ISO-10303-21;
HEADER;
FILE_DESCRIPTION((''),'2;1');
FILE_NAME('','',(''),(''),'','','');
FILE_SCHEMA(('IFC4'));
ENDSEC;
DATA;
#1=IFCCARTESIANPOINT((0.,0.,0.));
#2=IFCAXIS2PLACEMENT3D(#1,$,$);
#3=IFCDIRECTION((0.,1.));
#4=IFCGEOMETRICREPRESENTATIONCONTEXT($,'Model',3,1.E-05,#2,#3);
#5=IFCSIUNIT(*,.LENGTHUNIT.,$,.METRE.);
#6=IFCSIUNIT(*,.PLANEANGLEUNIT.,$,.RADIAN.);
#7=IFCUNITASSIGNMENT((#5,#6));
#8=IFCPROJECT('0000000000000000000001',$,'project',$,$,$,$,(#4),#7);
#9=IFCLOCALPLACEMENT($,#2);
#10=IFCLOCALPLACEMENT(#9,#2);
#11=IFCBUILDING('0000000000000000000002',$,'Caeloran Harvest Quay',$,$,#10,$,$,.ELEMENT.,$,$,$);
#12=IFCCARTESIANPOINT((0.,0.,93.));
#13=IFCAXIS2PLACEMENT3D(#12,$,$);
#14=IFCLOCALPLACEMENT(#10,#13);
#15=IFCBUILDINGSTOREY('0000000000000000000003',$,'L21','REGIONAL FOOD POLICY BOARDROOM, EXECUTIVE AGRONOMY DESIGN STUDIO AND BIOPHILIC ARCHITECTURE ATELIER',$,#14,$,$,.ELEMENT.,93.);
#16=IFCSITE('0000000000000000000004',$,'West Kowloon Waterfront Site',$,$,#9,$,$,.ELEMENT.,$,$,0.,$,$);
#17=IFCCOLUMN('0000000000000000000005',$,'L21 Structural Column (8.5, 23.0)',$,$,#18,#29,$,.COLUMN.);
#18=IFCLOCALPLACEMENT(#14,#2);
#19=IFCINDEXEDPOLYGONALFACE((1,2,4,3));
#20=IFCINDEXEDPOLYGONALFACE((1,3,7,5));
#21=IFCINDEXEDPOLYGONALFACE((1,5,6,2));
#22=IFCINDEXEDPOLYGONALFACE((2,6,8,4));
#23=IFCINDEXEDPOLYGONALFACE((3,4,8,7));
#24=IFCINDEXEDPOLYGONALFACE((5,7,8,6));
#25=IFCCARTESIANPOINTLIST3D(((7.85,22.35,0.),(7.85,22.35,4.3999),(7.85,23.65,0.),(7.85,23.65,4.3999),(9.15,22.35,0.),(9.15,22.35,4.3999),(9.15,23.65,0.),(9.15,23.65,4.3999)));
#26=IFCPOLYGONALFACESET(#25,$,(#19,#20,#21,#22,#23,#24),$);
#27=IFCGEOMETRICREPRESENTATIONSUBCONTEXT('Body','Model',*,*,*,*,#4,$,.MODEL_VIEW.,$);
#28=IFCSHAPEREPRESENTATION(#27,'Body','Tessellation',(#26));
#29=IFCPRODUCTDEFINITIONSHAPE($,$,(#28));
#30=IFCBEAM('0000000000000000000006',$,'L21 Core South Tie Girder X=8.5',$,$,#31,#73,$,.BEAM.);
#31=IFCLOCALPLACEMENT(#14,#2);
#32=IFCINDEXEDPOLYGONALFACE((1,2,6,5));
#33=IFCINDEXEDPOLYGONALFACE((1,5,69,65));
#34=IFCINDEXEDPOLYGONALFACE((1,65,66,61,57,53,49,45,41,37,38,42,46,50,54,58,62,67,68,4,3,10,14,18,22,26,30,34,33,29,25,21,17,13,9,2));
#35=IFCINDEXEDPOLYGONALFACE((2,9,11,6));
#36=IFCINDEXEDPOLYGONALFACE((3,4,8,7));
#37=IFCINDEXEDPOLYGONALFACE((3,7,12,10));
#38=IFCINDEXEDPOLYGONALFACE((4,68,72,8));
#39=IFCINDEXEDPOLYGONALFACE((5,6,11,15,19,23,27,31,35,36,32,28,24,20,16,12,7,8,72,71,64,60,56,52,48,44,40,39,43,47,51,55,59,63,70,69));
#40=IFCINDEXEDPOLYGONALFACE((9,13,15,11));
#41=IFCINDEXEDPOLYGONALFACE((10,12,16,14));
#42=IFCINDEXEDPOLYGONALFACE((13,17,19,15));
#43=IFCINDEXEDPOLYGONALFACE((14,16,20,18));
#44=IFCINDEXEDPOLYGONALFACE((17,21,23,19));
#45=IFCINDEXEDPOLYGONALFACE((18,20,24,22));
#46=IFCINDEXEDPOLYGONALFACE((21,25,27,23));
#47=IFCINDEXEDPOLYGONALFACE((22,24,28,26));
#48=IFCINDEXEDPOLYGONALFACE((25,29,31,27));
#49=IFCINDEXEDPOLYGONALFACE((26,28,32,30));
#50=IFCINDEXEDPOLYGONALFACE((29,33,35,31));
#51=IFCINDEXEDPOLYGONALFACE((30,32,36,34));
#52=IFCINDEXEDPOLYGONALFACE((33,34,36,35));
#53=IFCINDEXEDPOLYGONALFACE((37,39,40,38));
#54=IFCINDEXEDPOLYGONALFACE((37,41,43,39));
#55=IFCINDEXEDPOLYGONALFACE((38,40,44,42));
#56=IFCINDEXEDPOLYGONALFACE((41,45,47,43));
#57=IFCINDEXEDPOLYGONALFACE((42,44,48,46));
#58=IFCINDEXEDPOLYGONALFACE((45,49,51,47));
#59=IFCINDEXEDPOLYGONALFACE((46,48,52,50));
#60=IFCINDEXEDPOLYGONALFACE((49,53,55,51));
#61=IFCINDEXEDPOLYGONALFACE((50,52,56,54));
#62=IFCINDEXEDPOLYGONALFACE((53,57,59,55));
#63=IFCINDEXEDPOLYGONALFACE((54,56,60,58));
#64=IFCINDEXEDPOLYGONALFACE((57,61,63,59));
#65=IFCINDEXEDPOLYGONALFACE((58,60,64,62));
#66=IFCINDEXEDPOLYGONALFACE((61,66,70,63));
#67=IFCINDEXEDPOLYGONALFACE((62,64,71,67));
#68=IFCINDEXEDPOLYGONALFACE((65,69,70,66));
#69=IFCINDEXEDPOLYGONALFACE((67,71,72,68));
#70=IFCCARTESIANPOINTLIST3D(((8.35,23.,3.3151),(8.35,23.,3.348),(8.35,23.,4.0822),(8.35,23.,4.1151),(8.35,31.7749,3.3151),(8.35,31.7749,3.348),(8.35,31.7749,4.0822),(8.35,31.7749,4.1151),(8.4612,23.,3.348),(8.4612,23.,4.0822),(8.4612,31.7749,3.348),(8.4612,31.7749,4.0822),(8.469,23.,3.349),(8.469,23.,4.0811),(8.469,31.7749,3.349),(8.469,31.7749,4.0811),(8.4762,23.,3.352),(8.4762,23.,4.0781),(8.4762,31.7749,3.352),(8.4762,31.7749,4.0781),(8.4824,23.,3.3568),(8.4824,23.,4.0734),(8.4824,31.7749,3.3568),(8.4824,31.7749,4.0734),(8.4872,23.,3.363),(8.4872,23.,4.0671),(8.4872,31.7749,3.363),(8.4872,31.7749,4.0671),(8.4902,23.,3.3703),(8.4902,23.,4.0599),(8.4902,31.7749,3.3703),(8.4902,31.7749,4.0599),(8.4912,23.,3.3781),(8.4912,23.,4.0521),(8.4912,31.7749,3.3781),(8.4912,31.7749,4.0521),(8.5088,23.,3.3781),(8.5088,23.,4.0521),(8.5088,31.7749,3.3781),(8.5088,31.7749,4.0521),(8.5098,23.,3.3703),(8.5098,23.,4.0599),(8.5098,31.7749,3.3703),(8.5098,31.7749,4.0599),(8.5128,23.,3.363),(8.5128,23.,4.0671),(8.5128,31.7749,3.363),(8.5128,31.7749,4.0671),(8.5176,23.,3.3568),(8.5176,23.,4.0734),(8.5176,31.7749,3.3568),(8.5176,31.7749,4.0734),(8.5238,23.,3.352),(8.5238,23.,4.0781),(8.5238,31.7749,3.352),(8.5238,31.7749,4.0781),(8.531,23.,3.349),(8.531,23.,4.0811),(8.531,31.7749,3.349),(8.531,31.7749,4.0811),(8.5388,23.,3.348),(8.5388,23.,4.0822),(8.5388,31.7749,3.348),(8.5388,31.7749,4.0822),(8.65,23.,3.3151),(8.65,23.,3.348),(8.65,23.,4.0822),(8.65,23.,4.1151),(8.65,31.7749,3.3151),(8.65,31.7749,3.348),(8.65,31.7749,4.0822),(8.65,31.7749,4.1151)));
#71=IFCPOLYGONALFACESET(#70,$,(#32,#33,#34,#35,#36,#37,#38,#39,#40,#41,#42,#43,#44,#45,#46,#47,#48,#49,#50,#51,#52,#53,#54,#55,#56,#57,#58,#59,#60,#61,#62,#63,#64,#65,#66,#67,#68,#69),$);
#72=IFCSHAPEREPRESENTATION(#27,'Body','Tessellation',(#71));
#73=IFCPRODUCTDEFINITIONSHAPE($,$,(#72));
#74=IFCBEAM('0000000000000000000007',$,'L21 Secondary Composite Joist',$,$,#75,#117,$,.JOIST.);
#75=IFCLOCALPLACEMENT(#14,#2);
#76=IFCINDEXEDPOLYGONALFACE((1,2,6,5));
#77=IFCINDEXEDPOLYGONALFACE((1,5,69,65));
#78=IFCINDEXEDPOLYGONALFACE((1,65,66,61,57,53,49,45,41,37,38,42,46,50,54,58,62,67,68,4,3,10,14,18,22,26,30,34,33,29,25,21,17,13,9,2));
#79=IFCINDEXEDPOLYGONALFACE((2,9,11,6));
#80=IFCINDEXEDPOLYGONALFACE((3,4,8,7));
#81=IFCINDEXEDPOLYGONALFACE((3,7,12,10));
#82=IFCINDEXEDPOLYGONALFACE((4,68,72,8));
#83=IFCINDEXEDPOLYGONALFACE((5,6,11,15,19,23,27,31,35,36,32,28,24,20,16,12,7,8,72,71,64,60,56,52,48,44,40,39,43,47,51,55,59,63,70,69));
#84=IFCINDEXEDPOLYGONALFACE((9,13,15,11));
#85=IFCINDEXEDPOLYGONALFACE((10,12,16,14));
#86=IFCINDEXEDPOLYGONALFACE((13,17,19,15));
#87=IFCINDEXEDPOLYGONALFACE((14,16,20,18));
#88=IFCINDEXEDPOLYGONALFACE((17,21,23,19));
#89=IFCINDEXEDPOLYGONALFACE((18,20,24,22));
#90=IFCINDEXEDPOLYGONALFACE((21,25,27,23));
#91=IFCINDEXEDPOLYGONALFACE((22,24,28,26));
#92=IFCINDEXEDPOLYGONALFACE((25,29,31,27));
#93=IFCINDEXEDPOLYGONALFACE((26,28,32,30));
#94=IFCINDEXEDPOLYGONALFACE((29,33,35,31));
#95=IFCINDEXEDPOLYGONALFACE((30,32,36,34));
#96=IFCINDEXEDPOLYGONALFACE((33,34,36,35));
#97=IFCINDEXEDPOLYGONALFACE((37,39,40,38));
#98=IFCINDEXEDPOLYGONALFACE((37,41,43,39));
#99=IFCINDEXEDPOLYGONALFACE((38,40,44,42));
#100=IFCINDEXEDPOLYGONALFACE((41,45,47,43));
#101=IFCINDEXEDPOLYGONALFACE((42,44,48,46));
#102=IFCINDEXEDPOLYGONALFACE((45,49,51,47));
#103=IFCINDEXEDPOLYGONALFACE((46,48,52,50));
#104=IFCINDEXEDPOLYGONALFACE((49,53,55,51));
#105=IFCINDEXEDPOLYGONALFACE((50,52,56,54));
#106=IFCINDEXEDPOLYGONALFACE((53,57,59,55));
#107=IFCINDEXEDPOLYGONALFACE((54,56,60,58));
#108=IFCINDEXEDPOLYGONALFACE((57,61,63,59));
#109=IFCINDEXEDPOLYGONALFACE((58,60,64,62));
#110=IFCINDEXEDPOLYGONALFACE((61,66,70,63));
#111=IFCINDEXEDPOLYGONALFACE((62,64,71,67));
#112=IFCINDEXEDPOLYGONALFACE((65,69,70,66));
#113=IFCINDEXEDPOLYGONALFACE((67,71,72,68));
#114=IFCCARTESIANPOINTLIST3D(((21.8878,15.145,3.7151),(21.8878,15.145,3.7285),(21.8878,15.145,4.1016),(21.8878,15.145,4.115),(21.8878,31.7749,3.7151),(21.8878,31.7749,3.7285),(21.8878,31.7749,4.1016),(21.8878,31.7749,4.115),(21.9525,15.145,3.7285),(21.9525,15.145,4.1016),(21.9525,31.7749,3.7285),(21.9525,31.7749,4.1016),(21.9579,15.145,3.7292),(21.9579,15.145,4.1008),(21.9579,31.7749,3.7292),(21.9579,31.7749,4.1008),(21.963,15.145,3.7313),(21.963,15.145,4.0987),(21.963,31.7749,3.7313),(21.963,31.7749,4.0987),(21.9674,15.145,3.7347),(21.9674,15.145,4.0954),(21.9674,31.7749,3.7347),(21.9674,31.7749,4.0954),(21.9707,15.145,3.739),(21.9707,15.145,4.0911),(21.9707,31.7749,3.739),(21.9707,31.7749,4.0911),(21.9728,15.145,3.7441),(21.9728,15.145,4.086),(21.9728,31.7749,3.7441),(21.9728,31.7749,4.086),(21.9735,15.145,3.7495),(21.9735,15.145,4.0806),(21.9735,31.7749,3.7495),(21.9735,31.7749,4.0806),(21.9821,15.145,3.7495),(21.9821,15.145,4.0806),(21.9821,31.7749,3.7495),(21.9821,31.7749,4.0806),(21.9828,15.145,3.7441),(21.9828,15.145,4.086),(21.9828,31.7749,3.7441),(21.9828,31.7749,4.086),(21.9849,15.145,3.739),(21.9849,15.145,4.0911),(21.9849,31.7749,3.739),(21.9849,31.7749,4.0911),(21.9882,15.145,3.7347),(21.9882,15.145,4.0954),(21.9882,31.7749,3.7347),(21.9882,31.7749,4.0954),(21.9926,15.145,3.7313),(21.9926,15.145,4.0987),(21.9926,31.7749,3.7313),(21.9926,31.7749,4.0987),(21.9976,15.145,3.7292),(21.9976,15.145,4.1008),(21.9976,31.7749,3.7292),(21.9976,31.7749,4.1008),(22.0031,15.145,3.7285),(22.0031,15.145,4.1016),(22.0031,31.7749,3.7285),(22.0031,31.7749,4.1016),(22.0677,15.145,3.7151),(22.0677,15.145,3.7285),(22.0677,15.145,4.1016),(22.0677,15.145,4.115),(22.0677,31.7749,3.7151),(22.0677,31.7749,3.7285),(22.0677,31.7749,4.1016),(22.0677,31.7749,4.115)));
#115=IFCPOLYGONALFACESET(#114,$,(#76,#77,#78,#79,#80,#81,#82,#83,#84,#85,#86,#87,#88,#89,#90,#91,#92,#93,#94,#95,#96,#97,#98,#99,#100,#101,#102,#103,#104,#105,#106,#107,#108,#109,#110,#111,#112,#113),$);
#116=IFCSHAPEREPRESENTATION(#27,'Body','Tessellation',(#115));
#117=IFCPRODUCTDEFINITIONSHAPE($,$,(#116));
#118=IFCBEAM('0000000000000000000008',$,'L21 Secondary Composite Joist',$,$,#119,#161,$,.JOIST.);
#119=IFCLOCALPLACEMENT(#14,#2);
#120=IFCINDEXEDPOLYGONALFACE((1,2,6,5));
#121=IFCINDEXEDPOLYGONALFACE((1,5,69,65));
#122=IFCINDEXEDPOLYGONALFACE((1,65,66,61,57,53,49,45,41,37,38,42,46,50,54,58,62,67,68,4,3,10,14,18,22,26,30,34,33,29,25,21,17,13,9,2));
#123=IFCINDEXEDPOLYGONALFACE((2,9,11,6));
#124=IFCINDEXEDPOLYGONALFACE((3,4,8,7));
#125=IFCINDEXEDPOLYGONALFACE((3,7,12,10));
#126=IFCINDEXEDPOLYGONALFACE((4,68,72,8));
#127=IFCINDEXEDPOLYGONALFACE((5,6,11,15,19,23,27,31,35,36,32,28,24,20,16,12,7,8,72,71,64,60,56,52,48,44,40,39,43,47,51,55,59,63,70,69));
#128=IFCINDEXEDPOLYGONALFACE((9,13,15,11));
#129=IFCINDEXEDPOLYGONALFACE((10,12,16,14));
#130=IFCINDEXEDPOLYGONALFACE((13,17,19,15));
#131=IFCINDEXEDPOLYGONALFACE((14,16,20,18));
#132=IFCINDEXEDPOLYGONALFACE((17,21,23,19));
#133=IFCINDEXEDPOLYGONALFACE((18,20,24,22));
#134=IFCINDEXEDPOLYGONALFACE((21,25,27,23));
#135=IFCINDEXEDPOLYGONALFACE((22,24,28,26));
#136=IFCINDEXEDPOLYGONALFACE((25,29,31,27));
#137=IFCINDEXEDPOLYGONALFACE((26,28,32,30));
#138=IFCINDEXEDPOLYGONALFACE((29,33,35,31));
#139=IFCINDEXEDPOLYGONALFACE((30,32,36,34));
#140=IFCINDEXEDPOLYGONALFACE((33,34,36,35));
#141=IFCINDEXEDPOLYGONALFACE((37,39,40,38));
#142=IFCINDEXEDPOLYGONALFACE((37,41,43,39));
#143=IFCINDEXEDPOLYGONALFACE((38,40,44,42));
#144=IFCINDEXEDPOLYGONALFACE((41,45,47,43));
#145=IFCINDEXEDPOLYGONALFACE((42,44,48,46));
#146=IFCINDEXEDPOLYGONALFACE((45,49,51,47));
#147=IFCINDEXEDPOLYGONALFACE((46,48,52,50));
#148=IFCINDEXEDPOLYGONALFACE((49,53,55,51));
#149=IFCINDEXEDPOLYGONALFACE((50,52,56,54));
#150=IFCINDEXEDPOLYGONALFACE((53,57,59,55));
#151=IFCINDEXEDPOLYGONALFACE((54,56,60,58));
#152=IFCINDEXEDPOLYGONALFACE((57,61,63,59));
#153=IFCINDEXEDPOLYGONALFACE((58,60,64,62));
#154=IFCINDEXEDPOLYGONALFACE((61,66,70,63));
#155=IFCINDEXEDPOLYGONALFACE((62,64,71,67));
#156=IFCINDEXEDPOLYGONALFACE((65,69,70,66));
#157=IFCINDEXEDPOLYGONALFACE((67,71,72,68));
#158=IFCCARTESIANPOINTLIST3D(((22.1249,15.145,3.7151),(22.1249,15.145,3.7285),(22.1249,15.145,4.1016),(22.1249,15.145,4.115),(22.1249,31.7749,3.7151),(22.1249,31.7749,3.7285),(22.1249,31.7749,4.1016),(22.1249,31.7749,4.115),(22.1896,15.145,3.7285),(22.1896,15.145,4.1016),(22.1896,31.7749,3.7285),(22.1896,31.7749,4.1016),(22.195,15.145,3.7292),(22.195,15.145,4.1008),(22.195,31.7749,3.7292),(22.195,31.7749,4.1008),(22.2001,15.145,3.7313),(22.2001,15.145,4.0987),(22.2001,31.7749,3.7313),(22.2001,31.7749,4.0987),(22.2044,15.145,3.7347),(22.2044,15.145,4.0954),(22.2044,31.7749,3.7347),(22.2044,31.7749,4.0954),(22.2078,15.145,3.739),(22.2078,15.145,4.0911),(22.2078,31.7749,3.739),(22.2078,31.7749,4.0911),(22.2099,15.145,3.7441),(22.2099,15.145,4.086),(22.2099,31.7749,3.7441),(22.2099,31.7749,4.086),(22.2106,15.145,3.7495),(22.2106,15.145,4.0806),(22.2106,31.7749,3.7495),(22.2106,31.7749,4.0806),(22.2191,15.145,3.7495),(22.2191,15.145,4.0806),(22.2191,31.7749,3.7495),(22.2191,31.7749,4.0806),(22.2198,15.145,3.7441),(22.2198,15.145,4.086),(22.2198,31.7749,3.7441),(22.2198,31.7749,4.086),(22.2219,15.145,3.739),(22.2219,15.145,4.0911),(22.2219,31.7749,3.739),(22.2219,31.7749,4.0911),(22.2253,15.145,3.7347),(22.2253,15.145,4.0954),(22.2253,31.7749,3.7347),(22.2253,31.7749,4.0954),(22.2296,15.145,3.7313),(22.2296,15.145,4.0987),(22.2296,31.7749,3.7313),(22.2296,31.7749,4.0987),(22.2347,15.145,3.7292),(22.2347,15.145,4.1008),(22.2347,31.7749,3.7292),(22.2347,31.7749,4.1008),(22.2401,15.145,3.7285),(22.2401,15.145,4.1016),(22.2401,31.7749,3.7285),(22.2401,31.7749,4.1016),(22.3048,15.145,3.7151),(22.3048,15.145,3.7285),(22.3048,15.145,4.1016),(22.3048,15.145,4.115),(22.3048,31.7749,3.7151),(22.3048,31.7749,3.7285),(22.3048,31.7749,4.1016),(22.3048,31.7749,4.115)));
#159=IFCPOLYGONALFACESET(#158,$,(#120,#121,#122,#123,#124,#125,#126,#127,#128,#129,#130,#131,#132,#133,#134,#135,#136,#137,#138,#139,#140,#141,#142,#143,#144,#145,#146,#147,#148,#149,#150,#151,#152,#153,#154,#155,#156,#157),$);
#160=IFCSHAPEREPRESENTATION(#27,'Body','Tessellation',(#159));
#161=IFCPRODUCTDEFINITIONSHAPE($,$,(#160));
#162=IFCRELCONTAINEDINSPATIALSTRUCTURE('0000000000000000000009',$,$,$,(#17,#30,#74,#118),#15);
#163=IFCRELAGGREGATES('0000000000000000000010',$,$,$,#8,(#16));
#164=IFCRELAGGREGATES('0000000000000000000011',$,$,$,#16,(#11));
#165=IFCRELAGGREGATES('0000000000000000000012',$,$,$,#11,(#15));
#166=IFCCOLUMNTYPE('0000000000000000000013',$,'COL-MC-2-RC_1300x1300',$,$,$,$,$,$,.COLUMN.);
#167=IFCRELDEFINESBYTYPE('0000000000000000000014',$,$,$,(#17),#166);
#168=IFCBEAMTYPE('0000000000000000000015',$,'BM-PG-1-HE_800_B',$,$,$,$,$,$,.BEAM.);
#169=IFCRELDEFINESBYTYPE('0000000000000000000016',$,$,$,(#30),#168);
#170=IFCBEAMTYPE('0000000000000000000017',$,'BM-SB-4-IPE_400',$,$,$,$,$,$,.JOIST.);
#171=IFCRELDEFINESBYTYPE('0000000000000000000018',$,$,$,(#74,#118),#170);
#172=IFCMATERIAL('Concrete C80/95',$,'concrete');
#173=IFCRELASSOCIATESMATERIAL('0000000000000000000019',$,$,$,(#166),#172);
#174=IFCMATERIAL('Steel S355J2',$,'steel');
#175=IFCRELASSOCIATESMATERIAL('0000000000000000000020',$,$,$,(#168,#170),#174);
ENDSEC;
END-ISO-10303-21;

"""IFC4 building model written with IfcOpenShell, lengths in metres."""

from ifc_helpers import new_model, si_unit, direction, frame, origin, origin_2d, place, context, subcontext, project, spatial, rectangle, i_section, extrude, material, material_profile, profile_set, type_object, element, save


model = new_model("IFC4")

# Units and contexts
model_context = context("Model", 3, precision=1e-05, world=origin(), true_north=direction((0.0, 1.0)))
body_context = subcontext(model_context, "Body", "Model", "MODEL_VIEW")
ifc_project = project(units=[si_unit("LENGTHUNIT", "METRE"), si_unit("PLANEANGLEUNIT", "RADIAN")], contexts=[model_context])

# Site, building, storey
site_placement = place(None, origin())
site = spatial("IfcSite", under=ifc_project, at=site_placement, Name="West Kowloon Waterfront Site", CompositionType="ELEMENT", RefElevation=0.0)
building_placement = place(site_placement, origin())
building = spatial("IfcBuilding", under=site, at=building_placement, Name="Caeloran Harvest Quay", CompositionType="ELEMENT")
storey_placement = place(building_placement, frame((0.0, 0.0, 93.0)))
storey = spatial("IfcBuildingStorey", under=building, at=storey_placement, Name="L21", Description="REGIONAL FOOD POLICY BOARDROOM, EXECUTIVE AGRONOMY DESIGN STUDIO AND BIOPHILIC ARCHITECTURE ATELIER", CompositionType="ELEMENT", Elevation=93.0)

# Column
ifc_material_1 = material(Name="Concrete C80/95", Category="concrete")
ifc_material_profile_1 = material_profile(ifc_material_1, rectangle(XDim=1.3, YDim=1.3, at=origin_2d()), Name="RC 1300x1300")
ifc_profile_set_1 = profile_set([ifc_material_profile_1], Name="Concrete C80/95")
column_type = type_object("IfcColumnType", Name="COL-MC-2-RC_1300x1300", PredefinedType="COLUMN", material=ifc_profile_set_1)
column_placement = place(storey_placement, frame((8.5, 23.0, 0.0), z_axis=(0.0, 0.0, 1.0), x_axis=(1.0, 0.0, 0.0)))
element("IfcColumn", 1, at=column_placement, inside=storey, type_object=column_type, Name="L21 Structural Column (8.5, 23.0)", PredefinedType="COLUMN", context=body_context, shape_type="SweptSolid", body=[
    extrude(rectangle(XDim=1.3, YDim=1.3, at=origin_2d()), origin(), (0.0, 0.0, 1.0), 4.3999),
])

# Beams
ifc_material_2 = material(Name="Steel S355J2", Category="steel")
ifc_material_profile_2 = material_profile(ifc_material_2, i_section(OverallWidth=0.3, OverallDepth=0.8, WebThickness=0.0176, FlangeThickness=0.033, FilletRadius=0.03, at=origin_2d()), Name="HE 800 B")
ifc_profile_set_2 = profile_set([ifc_material_profile_2], Name="Steel S355J2")
beam_type_1 = type_object("IfcBeamType", Name="BM-PG-1-HE_800_B", PredefinedType="BEAM", material=ifc_profile_set_2)
beam_placement = place(storey_placement, frame((8.5, 23.0, 3.7151), z_axis=(0.0, 1.0, 0.0), x_axis=(-1.0, 0.0, 0.0)))
element("IfcBeam", 2, at=beam_placement, inside=storey, type_object=beam_type_1, Name="L21 Core South Tie Girder X=8.5", PredefinedType="BEAM", context=body_context, shape_type="SweptSolid", body=[
    extrude(i_section(OverallWidth=0.3, OverallDepth=0.8, WebThickness=0.0176, FlangeThickness=0.033, FilletRadius=0.03, at=origin_2d()), origin(), (0.0, 0.0, 1.0), 8.7749),
])
ifc_material_profile_3 = material_profile(ifc_material_2, i_section(OverallWidth=0.1799, OverallDepth=0.3999, WebThickness=0.0085, FlangeThickness=0.0134, FilletRadius=0.021, at=origin_2d()), Name="IPE 400")
ifc_profile_set_3 = profile_set([ifc_material_profile_3], Name="Steel S355J2")
beam_type_2 = type_object("IfcBeamType", Name="BM-SB-4-IPE_400", PredefinedType="JOIST", material=ifc_profile_set_3)
for number, where, z_axis, x_axis, name in (
    (3, (21.9778, 15.145, 3.915), (0.0, 1.0, 0.0), (-1.0, 0.0, 0.0), "L21 Secondary Composite Joist"),
    (4, (22.2148, 15.145, 3.915), (0.0, 1.0, 0.0), (-1.0, 0.0, 0.0), "L21 Secondary Composite Joist"),
):
    element("IfcBeam", number, at=place(storey_placement, frame(where, z_axis=z_axis, x_axis=x_axis)), inside=storey, type_object=beam_type_2, Name=name, PredefinedType="JOIST", context=body_context, shape_type="SweptSolid", body=[
        extrude(i_section(OverallWidth=0.1799, OverallDepth=0.3999, WebThickness=0.0085, FlangeThickness=0.0134, FilletRadius=0.021, at=origin_2d()), origin(), (0.0, 0.0, 1.0), 16.6299),
    ])

save(model, "model.ifc")
